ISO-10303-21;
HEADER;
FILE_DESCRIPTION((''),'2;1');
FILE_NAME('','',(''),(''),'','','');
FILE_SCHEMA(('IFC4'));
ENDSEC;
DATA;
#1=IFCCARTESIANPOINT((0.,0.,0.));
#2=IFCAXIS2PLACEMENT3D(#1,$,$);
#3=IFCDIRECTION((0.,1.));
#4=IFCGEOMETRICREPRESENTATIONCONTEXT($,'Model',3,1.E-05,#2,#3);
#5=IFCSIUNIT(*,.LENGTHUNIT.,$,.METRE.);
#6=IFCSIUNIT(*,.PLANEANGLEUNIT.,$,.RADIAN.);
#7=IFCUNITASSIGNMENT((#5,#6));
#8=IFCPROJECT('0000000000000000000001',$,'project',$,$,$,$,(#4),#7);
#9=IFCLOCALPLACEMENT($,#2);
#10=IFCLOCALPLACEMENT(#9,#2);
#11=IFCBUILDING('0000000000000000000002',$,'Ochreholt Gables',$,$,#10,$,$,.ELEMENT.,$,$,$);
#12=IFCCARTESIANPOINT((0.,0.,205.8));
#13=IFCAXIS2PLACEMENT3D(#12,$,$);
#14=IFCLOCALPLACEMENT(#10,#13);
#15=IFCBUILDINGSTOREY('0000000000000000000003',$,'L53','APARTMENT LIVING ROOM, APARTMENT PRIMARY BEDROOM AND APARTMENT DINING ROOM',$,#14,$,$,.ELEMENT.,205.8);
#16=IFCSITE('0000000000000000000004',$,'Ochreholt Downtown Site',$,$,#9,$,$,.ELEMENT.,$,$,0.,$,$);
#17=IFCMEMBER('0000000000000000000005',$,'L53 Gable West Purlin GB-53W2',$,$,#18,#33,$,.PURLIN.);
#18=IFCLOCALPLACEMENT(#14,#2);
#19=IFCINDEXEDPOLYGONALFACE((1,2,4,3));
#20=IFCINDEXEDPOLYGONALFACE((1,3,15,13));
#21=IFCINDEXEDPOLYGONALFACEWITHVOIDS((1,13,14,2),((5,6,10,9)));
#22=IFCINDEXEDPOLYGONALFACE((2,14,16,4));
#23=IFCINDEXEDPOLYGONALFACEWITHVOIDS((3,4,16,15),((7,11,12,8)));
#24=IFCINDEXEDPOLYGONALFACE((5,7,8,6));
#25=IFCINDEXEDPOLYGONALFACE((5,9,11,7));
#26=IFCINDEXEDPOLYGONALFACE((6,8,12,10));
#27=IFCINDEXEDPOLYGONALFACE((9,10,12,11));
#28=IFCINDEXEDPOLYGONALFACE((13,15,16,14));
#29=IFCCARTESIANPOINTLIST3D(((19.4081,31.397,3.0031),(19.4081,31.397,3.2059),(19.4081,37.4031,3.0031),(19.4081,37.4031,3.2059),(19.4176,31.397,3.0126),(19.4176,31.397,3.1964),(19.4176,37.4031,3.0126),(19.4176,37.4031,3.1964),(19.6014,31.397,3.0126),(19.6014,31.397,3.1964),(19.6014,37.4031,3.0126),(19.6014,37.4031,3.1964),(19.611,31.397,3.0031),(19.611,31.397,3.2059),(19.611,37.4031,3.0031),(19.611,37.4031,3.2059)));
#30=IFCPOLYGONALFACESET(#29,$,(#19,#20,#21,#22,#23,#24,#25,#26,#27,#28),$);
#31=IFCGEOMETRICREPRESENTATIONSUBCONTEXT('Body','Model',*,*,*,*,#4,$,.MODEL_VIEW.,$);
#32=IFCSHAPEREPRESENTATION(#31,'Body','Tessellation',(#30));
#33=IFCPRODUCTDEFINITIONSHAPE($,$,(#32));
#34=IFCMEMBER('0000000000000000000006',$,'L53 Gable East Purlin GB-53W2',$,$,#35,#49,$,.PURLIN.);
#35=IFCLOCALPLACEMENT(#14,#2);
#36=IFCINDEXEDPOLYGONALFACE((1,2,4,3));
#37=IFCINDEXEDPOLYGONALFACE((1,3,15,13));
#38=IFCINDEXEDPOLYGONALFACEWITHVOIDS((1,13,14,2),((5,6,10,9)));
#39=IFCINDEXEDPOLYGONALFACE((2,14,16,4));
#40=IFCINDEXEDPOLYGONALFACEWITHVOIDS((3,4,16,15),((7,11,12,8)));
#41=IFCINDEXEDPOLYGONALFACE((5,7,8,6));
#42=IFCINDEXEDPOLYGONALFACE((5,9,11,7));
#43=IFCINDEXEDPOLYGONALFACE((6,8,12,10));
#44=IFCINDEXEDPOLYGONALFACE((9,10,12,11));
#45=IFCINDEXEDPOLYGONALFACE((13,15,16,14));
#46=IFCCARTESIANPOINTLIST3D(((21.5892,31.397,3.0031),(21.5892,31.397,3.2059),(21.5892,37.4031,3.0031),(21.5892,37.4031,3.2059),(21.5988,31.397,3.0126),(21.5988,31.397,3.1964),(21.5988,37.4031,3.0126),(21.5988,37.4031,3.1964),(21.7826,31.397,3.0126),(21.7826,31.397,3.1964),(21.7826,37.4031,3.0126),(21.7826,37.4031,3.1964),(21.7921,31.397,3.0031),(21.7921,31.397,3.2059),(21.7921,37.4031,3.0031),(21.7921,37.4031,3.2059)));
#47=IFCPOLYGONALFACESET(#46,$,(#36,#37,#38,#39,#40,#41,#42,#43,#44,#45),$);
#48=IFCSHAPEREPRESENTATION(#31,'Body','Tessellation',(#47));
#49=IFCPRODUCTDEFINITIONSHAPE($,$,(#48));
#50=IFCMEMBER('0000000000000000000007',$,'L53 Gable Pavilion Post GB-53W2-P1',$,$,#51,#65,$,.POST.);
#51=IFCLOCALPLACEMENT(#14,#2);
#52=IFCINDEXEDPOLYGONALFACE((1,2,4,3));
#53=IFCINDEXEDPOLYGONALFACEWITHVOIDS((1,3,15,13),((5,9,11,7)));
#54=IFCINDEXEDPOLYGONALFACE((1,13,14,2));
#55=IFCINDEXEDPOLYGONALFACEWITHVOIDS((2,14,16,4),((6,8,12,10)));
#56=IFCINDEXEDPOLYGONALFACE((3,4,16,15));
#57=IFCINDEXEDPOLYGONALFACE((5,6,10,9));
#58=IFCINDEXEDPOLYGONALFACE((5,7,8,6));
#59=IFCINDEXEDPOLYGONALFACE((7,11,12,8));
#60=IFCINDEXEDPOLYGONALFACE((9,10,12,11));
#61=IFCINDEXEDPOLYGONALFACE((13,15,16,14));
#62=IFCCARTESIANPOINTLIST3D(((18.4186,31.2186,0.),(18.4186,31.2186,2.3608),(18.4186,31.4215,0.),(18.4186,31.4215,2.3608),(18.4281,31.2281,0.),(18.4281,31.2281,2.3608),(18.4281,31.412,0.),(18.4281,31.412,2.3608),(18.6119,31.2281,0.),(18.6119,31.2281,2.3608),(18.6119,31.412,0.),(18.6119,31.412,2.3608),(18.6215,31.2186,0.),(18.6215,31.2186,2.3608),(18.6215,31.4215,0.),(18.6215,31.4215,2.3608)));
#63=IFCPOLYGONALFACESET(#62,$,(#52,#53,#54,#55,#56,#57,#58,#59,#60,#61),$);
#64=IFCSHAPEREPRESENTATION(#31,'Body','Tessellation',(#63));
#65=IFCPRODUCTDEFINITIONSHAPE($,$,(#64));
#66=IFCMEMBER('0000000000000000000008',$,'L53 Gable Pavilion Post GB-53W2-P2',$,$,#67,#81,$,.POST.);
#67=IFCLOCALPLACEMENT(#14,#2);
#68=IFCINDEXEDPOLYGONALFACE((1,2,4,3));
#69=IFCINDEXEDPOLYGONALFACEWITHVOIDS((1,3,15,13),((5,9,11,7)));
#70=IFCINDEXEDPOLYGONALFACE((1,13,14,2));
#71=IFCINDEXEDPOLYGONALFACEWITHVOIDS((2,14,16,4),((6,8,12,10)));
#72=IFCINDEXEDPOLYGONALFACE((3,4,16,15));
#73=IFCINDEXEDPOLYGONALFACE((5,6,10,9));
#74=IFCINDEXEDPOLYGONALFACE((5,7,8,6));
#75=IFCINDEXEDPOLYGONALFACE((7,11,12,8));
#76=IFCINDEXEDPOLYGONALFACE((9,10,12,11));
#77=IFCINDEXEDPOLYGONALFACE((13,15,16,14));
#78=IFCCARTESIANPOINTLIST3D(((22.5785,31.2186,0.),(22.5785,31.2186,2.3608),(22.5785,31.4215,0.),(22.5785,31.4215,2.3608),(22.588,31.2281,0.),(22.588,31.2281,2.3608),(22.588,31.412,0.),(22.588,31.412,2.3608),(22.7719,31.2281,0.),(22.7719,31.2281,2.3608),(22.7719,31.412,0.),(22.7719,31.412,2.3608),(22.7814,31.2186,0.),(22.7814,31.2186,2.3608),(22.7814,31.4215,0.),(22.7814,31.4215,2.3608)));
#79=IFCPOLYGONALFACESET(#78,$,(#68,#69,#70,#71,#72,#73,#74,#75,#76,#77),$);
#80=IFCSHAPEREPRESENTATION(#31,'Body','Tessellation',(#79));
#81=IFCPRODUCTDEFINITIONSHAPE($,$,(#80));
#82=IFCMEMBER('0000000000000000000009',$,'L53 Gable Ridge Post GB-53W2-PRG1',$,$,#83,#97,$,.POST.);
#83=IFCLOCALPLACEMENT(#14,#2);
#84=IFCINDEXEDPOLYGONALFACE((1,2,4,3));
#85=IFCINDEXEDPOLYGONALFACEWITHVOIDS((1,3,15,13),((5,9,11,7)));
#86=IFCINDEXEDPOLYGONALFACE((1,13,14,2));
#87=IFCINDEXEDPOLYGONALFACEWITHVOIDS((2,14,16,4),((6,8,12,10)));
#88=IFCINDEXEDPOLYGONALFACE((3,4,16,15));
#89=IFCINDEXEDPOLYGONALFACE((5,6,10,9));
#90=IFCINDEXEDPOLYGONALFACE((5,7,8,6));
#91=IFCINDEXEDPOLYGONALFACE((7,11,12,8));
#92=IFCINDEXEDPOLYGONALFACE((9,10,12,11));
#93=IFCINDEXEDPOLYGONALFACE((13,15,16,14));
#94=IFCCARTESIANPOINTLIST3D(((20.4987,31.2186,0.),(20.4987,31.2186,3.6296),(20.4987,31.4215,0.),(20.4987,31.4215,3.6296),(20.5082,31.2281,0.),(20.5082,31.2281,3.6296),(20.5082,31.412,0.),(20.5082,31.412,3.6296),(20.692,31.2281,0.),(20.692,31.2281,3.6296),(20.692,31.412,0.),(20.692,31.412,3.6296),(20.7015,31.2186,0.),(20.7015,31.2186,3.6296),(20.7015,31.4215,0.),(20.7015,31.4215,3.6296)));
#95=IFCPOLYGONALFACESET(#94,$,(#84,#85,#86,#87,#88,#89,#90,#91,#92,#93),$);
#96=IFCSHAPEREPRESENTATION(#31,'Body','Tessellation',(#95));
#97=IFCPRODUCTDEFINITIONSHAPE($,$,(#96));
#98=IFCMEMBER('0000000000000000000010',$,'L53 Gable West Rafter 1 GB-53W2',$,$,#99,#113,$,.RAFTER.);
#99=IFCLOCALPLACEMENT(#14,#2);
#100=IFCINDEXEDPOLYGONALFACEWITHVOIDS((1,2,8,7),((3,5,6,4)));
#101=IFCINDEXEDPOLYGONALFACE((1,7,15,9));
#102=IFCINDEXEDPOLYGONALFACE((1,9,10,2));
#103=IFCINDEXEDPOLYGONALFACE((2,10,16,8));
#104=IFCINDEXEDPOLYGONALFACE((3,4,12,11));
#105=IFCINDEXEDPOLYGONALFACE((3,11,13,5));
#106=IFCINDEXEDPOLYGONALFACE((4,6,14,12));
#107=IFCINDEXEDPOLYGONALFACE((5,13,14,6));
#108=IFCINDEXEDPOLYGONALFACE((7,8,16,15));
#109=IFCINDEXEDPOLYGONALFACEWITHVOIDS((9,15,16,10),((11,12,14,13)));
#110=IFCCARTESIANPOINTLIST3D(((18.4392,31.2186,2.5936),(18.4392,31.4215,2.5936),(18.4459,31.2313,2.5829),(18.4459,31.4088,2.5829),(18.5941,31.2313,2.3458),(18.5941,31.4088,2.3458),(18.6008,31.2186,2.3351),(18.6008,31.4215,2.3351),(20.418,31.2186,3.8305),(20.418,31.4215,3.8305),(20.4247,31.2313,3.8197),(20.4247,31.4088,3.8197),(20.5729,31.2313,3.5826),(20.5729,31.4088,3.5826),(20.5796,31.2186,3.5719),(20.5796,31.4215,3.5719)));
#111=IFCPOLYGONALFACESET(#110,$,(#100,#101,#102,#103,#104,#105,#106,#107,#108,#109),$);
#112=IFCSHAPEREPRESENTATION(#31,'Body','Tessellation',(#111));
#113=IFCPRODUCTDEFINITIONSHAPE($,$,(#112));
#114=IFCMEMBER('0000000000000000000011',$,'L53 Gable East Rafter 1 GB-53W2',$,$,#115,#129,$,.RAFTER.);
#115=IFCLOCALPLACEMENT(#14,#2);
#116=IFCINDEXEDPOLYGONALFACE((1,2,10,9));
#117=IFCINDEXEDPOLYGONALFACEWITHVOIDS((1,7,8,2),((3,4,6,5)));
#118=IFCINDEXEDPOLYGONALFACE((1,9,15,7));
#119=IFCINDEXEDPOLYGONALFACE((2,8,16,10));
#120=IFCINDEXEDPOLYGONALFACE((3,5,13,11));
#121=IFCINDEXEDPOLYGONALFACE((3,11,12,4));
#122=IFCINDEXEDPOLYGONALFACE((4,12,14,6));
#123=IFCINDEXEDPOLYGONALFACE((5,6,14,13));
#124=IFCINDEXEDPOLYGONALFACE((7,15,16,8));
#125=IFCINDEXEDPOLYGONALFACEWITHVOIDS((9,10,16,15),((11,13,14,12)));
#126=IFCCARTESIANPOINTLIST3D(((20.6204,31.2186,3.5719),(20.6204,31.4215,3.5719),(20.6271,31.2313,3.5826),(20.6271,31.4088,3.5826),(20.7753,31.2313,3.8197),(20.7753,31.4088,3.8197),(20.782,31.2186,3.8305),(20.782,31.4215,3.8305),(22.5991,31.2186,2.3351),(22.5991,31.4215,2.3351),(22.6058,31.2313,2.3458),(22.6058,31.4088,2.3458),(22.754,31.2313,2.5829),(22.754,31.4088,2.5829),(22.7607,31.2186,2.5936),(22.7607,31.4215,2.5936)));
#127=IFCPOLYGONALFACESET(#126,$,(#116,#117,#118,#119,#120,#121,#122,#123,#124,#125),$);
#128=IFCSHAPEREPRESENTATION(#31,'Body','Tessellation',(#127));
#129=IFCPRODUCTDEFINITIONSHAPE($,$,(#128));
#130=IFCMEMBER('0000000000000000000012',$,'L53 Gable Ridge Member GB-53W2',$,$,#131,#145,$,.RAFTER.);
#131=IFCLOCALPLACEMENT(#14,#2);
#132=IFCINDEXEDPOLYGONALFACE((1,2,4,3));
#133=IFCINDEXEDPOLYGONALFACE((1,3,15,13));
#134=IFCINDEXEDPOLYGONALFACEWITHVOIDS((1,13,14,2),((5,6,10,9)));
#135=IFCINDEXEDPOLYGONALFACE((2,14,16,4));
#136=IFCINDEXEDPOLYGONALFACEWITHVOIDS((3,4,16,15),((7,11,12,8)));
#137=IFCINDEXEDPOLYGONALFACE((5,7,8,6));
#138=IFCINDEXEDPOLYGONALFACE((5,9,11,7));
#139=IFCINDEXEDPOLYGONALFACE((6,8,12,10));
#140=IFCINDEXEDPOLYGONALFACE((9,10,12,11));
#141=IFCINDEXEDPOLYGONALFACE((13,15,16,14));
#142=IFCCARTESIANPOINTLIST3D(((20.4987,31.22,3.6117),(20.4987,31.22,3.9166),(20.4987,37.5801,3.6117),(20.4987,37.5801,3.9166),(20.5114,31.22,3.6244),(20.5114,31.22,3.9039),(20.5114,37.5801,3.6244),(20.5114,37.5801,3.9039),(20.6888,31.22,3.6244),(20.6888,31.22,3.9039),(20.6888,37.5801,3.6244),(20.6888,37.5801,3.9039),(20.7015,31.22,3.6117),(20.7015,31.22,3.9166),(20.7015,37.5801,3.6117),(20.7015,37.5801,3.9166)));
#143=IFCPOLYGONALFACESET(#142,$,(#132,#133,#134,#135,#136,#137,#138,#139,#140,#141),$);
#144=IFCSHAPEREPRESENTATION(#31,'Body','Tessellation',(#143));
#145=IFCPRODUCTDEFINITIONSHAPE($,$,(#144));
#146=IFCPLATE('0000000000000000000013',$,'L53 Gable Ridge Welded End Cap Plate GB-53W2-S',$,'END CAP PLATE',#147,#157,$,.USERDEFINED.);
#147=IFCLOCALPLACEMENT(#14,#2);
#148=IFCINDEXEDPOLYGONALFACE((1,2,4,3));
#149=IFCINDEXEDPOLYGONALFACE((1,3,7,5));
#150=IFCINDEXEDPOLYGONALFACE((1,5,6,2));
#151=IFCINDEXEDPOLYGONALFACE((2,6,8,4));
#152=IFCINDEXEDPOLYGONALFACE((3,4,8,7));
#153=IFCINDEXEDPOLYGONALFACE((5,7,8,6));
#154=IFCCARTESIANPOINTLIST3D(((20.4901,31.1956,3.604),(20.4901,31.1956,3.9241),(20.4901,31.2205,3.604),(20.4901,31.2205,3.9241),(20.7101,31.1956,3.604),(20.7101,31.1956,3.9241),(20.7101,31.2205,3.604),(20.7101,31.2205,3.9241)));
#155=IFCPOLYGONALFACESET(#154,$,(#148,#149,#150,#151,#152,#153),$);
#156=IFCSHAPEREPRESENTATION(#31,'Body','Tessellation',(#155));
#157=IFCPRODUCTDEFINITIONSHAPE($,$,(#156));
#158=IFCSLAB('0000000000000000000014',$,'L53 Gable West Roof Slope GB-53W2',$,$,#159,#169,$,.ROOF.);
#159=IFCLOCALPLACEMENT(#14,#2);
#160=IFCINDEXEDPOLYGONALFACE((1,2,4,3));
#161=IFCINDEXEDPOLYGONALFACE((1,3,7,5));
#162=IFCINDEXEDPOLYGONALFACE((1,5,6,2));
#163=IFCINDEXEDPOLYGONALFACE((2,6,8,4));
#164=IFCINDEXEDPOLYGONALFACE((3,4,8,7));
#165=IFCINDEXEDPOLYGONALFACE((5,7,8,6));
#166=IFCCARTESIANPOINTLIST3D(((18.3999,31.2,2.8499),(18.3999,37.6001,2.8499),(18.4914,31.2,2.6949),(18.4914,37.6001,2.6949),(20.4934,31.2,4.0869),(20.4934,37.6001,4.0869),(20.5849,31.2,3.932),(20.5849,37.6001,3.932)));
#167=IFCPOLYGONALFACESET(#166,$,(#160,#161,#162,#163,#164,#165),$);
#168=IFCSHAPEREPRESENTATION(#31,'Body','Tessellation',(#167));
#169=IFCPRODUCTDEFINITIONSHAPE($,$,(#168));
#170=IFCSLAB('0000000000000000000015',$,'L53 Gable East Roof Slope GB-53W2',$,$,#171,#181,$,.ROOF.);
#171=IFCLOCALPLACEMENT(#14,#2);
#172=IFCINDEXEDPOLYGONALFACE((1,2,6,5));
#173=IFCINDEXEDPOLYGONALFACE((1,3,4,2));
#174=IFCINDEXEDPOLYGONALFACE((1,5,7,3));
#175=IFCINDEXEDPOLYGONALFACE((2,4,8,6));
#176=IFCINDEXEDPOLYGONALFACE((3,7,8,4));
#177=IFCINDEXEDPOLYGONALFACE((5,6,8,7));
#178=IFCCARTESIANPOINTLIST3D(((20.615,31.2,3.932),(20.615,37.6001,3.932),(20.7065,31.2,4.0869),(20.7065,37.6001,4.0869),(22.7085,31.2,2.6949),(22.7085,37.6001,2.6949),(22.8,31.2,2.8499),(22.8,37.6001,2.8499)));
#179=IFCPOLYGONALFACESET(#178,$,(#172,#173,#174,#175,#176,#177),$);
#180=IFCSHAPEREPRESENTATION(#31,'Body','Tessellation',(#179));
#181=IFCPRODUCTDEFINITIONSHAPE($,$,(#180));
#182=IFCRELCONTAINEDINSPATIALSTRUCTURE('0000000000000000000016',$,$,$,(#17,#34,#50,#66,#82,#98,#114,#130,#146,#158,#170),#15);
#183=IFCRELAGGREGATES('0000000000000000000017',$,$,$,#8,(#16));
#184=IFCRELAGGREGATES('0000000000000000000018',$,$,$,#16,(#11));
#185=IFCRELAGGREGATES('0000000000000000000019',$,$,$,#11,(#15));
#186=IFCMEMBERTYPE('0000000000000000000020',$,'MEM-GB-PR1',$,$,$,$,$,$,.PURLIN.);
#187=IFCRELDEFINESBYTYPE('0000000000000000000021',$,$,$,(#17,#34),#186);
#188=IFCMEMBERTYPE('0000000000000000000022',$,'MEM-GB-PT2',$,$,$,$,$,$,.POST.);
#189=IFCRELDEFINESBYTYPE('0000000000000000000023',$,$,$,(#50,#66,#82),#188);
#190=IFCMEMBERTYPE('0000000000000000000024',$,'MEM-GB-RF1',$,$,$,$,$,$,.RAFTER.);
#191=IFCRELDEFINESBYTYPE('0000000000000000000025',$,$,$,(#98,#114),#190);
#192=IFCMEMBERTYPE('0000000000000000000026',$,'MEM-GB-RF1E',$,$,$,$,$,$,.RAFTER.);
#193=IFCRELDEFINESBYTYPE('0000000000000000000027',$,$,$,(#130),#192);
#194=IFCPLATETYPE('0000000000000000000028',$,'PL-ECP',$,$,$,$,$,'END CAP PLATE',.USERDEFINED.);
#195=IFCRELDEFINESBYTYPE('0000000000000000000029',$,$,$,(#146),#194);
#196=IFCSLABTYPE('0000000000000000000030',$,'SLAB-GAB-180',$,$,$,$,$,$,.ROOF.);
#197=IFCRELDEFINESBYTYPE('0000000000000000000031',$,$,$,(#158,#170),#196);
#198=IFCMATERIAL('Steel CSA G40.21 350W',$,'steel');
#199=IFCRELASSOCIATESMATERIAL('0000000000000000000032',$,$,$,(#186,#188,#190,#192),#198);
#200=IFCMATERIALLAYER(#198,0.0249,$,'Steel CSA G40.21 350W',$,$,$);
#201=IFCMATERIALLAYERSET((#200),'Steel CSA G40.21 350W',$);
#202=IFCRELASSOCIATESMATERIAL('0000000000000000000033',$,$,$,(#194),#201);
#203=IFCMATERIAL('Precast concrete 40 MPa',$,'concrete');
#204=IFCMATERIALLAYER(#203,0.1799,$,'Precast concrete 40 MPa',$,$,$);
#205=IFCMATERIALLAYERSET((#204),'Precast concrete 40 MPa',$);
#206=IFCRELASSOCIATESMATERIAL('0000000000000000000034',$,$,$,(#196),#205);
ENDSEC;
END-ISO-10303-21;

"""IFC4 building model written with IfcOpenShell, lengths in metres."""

from ifc_helpers import new_model, si_unit, direction, frame, origin, origin_2d, place, context, subcontext, project, spatial, polyline, rectangle, hollow_rectangle, outline, extrude, material, layer, layer_set, material_profile, profile_set, type_object, element, save


model = new_model("IFC4")

# Units and contexts
model_context = context("Model", 3, precision=1e-05, world=origin(), true_north=direction((0.0, 1.0)))
body_context = subcontext(model_context, "Body", "Model", "MODEL_VIEW")
ifc_project = project(units=[si_unit("LENGTHUNIT", "METRE"), si_unit("PLANEANGLEUNIT", "RADIAN")], contexts=[model_context])

# Site, building, storey
site_placement = place(None, origin())
site = spatial("IfcSite", under=ifc_project, at=site_placement, Name="Ochreholt Downtown Site", CompositionType="ELEMENT", RefElevation=0.0)
building_placement = place(site_placement, origin())
building = spatial("IfcBuilding", under=site, at=building_placement, Name="Ochreholt Gables", CompositionType="ELEMENT")
storey_placement = place(building_placement, frame((0.0, 0.0, 205.8)))
storey = spatial("IfcBuildingStorey", under=building, at=storey_placement, Name="L53", Description="APARTMENT LIVING ROOM, APARTMENT PRIMARY BEDROOM AND APARTMENT DINING ROOM", CompositionType="ELEMENT", Elevation=205.8)

# Members
ifc_material_1 = material(Name="Steel CSA G40.21 350W", Category="steel")
ifc_material_profile_1 = material_profile(ifc_material_1, hollow_rectangle(XDim=0.2029, YDim=0.2029, WallThickness=0.0095, at=origin_2d()), Name="HSS203X203X10")
ifc_profile_set_1 = profile_set([ifc_material_profile_1], Name="Steel CSA G40.21 350W")
member_type_1 = type_object("IfcMemberType", Name="MEM-GB-PR1", PredefinedType="PURLIN", material=ifc_profile_set_1)
for number, where, z_axis, x_axis, name in (
    (1, (19.5095, 31.397, 3.1045), (0.0, 1.0, 0.0), (-1.0, 0.0, 0.0), "L53 Gable West Purlin GB-53W2"),
    (2, (21.6907, 31.397, 3.1045), (0.0, 1.0, 0.0), (-1.0, 0.0, 0.0), "L53 Gable East Purlin GB-53W2"),
):
    element("IfcMember", number, at=place(storey_placement, frame(where, z_axis=z_axis, x_axis=x_axis)), inside=storey, type_object=member_type_1, Name=name, PredefinedType="PURLIN", context=body_context, shape_type="SweptSolid", body=[
        extrude(hollow_rectangle(XDim=0.2029, YDim=0.2029, WallThickness=0.0095, at=origin_2d()), origin(), (0.0, 0.0, 1.0), 6.0061),
    ])
ifc_material_profile_2 = material_profile(ifc_material_1, hollow_rectangle(XDim=0.2029, YDim=0.2029, WallThickness=0.0095, at=origin_2d()), Name="HSS203X203X10")
ifc_profile_set_2 = profile_set([ifc_material_profile_2], Name="Steel CSA G40.21 350W")
member_type_2 = type_object("IfcMemberType", Name="MEM-GB-PT2", PredefinedType="POST", material=ifc_profile_set_2)
for number, where, z_axis, x_axis, name in (
    (3, (18.52, 31.3201, 0.0), (0.0, 0.0, 1.0), (1.0, 0.0, 0.0), "L53 Gable Pavilion Post GB-53W2-P1"),
    (4, (22.6799, 31.3201, 0.0), (0.0, 0.0, 1.0), (1.0, 0.0, 0.0), "L53 Gable Pavilion Post GB-53W2-P2"),
):
    element("IfcMember", number, at=place(storey_placement, frame(where, z_axis=z_axis, x_axis=x_axis)), inside=storey, type_object=member_type_2, Name=name, PredefinedType="POST", context=body_context, shape_type="SweptSolid", body=[
        extrude(hollow_rectangle(XDim=0.2029, YDim=0.2029, WallThickness=0.0095, at=origin_2d()), origin(), (0.0, 0.0, 1.0), 2.3608),
    ])
member_1_placement = place(storey_placement, frame((20.6001, 31.3201, 0.0), z_axis=(0.0, 0.0, 1.0), x_axis=(1.0, 0.0, 0.0)))
element("IfcMember", 5, at=member_1_placement, inside=storey, type_object=member_type_2, Name="L53 Gable Ridge Post GB-53W2-PRG1", PredefinedType="POST", context=body_context, shape_type="SweptSolid", body=[
    extrude(hollow_rectangle(XDim=0.2029, YDim=0.2029, WallThickness=0.0095, at=origin_2d()), origin(), (0.0, 0.0, 1.0), 3.6296),
])
ifc_material_profile_3 = material_profile(ifc_material_1, hollow_rectangle(XDim=0.2029, YDim=0.3049, WallThickness=0.0127, at=origin_2d()), Name="HSS305X203X13")
ifc_profile_set_3 = profile_set([ifc_material_profile_3], Name="Steel CSA G40.21 350W")
member_type_3 = type_object("IfcMemberType", Name="MEM-GB-RF1", PredefinedType="RAFTER", material=ifc_profile_set_3)
for number, where, z_axis, x_axis, name in (
    (6, (18.52, 31.3201, 2.4644), (0.847981, 0.0, 0.530027), (0.0, 1.0, 0.0), "L53 Gable West Rafter 1 GB-53W2"),
    (7, (22.6799, 31.3201, 2.4644), (-0.847981, 0.0, 0.530027), (0.0, -1.0, 0.0), "L53 Gable East Rafter 1 GB-53W2"),
):
    element("IfcMember", number, at=place(storey_placement, frame(where, z_axis=z_axis, x_axis=x_axis)), inside=storey, type_object=member_type_3, Name=name, PredefinedType="RAFTER", context=body_context, shape_type="SweptSolid", body=[
        extrude(hollow_rectangle(XDim=0.2029, YDim=0.3049, WallThickness=0.0127, at=origin_2d()), origin(), (0.0, 0.0, 1.0), 2.3335),
    ])
ifc_material_profile_4 = material_profile(ifc_material_1, hollow_rectangle(XDim=0.2029, YDim=0.3049, WallThickness=0.0127, at=origin_2d()), Name="HSS305X203X13")
ifc_profile_set_4 = profile_set([ifc_material_profile_4], Name="Steel CSA G40.21 350W")
member_type_4 = type_object("IfcMemberType", Name="MEM-GB-RF1E", PredefinedType="RAFTER", material=ifc_profile_set_4)
member_2_placement = place(storey_placement, frame((20.6001, 31.22, 3.7642), z_axis=(0.0, 1.0, 0.0), x_axis=(-1.0, 0.0, 0.0)))
element("IfcMember", 8, at=member_2_placement, inside=storey, type_object=member_type_4, Name="L53 Gable Ridge Member GB-53W2", PredefinedType="RAFTER", context=body_context, shape_type="SweptSolid", body=[
    extrude(hollow_rectangle(XDim=0.2029, YDim=0.3049, WallThickness=0.0127, at=origin_2d()), origin(), (0.0, 0.0, 1.0), 6.3601),
])

# Plate
ifc_layer_1 = layer(ifc_material_1, 0.0249, Name="Steel CSA G40.21 350W")
ifc_layer_set_1 = layer_set([ifc_layer_1], Name="Steel CSA G40.21 350W")
plate_type = type_object("IfcPlateType", Name="PL-ECP", ElementType="END CAP PLATE", PredefinedType="USERDEFINED", material=ifc_layer_set_1)
plate_placement = place(storey_placement, frame((20.6001, 31.208, 3.604), z_axis=(0.0, 0.0, 1.0), x_axis=(1.0, 0.0, 0.0)))
element("IfcPlate", 9, at=plate_placement, inside=storey, type_object=plate_type, Name="L53 Gable Ridge Welded End Cap Plate GB-53W2-S", ObjectType="END CAP PLATE", PredefinedType="USERDEFINED", context=body_context, shape_type="SweptSolid", body=[
    extrude(rectangle(XDim=0.22, YDim=0.0249, at=origin_2d()), origin(), (0.0, 0.0, 1.0), 0.3201),
])

# Slabs
ifc_material_2 = material(Name="Precast concrete 40 MPa", Category="concrete")
ifc_layer_2 = layer(ifc_material_2, 0.1799, Name="Precast concrete 40 MPa")
ifc_layer_set_2 = layer_set([ifc_layer_2], Name="Precast concrete 40 MPa")
slab_type = type_object("IfcSlabType", Name="SLAB-GAB-180", PredefinedType="ROOF", material=ifc_layer_set_2)
for number, where, z_axis, x_axis, name in (
    (10, (18.3999, 31.2, 2.8499), (-0.508726, 0.0, 0.860929), (0.860929, 0.0, 0.508726), "L53 Gable West Roof Slope GB-53W2"),
    (11, (20.7065, 31.2, 4.0869), (0.508726, 0.0, 0.860929), (0.860929, 0.0, -0.508726), "L53 Gable East Roof Slope GB-53W2"),
):
    element("IfcSlab", number, at=place(storey_placement, frame(where, z_axis=z_axis, x_axis=x_axis)), inside=storey, type_object=slab_type, Name=name, PredefinedType="ROOF", context=body_context, shape_type="SweptSolid", body=[
        extrude(outline(polyline([(0.0, 0.0), (2.4317, 0.0), (2.4317, 6.4001), (0.0, 6.4001), (0.0, 0.0)])), origin(), (0.0, 0.0, -1.0), 0.1799),
    ])

save(model, "model.ifc")
